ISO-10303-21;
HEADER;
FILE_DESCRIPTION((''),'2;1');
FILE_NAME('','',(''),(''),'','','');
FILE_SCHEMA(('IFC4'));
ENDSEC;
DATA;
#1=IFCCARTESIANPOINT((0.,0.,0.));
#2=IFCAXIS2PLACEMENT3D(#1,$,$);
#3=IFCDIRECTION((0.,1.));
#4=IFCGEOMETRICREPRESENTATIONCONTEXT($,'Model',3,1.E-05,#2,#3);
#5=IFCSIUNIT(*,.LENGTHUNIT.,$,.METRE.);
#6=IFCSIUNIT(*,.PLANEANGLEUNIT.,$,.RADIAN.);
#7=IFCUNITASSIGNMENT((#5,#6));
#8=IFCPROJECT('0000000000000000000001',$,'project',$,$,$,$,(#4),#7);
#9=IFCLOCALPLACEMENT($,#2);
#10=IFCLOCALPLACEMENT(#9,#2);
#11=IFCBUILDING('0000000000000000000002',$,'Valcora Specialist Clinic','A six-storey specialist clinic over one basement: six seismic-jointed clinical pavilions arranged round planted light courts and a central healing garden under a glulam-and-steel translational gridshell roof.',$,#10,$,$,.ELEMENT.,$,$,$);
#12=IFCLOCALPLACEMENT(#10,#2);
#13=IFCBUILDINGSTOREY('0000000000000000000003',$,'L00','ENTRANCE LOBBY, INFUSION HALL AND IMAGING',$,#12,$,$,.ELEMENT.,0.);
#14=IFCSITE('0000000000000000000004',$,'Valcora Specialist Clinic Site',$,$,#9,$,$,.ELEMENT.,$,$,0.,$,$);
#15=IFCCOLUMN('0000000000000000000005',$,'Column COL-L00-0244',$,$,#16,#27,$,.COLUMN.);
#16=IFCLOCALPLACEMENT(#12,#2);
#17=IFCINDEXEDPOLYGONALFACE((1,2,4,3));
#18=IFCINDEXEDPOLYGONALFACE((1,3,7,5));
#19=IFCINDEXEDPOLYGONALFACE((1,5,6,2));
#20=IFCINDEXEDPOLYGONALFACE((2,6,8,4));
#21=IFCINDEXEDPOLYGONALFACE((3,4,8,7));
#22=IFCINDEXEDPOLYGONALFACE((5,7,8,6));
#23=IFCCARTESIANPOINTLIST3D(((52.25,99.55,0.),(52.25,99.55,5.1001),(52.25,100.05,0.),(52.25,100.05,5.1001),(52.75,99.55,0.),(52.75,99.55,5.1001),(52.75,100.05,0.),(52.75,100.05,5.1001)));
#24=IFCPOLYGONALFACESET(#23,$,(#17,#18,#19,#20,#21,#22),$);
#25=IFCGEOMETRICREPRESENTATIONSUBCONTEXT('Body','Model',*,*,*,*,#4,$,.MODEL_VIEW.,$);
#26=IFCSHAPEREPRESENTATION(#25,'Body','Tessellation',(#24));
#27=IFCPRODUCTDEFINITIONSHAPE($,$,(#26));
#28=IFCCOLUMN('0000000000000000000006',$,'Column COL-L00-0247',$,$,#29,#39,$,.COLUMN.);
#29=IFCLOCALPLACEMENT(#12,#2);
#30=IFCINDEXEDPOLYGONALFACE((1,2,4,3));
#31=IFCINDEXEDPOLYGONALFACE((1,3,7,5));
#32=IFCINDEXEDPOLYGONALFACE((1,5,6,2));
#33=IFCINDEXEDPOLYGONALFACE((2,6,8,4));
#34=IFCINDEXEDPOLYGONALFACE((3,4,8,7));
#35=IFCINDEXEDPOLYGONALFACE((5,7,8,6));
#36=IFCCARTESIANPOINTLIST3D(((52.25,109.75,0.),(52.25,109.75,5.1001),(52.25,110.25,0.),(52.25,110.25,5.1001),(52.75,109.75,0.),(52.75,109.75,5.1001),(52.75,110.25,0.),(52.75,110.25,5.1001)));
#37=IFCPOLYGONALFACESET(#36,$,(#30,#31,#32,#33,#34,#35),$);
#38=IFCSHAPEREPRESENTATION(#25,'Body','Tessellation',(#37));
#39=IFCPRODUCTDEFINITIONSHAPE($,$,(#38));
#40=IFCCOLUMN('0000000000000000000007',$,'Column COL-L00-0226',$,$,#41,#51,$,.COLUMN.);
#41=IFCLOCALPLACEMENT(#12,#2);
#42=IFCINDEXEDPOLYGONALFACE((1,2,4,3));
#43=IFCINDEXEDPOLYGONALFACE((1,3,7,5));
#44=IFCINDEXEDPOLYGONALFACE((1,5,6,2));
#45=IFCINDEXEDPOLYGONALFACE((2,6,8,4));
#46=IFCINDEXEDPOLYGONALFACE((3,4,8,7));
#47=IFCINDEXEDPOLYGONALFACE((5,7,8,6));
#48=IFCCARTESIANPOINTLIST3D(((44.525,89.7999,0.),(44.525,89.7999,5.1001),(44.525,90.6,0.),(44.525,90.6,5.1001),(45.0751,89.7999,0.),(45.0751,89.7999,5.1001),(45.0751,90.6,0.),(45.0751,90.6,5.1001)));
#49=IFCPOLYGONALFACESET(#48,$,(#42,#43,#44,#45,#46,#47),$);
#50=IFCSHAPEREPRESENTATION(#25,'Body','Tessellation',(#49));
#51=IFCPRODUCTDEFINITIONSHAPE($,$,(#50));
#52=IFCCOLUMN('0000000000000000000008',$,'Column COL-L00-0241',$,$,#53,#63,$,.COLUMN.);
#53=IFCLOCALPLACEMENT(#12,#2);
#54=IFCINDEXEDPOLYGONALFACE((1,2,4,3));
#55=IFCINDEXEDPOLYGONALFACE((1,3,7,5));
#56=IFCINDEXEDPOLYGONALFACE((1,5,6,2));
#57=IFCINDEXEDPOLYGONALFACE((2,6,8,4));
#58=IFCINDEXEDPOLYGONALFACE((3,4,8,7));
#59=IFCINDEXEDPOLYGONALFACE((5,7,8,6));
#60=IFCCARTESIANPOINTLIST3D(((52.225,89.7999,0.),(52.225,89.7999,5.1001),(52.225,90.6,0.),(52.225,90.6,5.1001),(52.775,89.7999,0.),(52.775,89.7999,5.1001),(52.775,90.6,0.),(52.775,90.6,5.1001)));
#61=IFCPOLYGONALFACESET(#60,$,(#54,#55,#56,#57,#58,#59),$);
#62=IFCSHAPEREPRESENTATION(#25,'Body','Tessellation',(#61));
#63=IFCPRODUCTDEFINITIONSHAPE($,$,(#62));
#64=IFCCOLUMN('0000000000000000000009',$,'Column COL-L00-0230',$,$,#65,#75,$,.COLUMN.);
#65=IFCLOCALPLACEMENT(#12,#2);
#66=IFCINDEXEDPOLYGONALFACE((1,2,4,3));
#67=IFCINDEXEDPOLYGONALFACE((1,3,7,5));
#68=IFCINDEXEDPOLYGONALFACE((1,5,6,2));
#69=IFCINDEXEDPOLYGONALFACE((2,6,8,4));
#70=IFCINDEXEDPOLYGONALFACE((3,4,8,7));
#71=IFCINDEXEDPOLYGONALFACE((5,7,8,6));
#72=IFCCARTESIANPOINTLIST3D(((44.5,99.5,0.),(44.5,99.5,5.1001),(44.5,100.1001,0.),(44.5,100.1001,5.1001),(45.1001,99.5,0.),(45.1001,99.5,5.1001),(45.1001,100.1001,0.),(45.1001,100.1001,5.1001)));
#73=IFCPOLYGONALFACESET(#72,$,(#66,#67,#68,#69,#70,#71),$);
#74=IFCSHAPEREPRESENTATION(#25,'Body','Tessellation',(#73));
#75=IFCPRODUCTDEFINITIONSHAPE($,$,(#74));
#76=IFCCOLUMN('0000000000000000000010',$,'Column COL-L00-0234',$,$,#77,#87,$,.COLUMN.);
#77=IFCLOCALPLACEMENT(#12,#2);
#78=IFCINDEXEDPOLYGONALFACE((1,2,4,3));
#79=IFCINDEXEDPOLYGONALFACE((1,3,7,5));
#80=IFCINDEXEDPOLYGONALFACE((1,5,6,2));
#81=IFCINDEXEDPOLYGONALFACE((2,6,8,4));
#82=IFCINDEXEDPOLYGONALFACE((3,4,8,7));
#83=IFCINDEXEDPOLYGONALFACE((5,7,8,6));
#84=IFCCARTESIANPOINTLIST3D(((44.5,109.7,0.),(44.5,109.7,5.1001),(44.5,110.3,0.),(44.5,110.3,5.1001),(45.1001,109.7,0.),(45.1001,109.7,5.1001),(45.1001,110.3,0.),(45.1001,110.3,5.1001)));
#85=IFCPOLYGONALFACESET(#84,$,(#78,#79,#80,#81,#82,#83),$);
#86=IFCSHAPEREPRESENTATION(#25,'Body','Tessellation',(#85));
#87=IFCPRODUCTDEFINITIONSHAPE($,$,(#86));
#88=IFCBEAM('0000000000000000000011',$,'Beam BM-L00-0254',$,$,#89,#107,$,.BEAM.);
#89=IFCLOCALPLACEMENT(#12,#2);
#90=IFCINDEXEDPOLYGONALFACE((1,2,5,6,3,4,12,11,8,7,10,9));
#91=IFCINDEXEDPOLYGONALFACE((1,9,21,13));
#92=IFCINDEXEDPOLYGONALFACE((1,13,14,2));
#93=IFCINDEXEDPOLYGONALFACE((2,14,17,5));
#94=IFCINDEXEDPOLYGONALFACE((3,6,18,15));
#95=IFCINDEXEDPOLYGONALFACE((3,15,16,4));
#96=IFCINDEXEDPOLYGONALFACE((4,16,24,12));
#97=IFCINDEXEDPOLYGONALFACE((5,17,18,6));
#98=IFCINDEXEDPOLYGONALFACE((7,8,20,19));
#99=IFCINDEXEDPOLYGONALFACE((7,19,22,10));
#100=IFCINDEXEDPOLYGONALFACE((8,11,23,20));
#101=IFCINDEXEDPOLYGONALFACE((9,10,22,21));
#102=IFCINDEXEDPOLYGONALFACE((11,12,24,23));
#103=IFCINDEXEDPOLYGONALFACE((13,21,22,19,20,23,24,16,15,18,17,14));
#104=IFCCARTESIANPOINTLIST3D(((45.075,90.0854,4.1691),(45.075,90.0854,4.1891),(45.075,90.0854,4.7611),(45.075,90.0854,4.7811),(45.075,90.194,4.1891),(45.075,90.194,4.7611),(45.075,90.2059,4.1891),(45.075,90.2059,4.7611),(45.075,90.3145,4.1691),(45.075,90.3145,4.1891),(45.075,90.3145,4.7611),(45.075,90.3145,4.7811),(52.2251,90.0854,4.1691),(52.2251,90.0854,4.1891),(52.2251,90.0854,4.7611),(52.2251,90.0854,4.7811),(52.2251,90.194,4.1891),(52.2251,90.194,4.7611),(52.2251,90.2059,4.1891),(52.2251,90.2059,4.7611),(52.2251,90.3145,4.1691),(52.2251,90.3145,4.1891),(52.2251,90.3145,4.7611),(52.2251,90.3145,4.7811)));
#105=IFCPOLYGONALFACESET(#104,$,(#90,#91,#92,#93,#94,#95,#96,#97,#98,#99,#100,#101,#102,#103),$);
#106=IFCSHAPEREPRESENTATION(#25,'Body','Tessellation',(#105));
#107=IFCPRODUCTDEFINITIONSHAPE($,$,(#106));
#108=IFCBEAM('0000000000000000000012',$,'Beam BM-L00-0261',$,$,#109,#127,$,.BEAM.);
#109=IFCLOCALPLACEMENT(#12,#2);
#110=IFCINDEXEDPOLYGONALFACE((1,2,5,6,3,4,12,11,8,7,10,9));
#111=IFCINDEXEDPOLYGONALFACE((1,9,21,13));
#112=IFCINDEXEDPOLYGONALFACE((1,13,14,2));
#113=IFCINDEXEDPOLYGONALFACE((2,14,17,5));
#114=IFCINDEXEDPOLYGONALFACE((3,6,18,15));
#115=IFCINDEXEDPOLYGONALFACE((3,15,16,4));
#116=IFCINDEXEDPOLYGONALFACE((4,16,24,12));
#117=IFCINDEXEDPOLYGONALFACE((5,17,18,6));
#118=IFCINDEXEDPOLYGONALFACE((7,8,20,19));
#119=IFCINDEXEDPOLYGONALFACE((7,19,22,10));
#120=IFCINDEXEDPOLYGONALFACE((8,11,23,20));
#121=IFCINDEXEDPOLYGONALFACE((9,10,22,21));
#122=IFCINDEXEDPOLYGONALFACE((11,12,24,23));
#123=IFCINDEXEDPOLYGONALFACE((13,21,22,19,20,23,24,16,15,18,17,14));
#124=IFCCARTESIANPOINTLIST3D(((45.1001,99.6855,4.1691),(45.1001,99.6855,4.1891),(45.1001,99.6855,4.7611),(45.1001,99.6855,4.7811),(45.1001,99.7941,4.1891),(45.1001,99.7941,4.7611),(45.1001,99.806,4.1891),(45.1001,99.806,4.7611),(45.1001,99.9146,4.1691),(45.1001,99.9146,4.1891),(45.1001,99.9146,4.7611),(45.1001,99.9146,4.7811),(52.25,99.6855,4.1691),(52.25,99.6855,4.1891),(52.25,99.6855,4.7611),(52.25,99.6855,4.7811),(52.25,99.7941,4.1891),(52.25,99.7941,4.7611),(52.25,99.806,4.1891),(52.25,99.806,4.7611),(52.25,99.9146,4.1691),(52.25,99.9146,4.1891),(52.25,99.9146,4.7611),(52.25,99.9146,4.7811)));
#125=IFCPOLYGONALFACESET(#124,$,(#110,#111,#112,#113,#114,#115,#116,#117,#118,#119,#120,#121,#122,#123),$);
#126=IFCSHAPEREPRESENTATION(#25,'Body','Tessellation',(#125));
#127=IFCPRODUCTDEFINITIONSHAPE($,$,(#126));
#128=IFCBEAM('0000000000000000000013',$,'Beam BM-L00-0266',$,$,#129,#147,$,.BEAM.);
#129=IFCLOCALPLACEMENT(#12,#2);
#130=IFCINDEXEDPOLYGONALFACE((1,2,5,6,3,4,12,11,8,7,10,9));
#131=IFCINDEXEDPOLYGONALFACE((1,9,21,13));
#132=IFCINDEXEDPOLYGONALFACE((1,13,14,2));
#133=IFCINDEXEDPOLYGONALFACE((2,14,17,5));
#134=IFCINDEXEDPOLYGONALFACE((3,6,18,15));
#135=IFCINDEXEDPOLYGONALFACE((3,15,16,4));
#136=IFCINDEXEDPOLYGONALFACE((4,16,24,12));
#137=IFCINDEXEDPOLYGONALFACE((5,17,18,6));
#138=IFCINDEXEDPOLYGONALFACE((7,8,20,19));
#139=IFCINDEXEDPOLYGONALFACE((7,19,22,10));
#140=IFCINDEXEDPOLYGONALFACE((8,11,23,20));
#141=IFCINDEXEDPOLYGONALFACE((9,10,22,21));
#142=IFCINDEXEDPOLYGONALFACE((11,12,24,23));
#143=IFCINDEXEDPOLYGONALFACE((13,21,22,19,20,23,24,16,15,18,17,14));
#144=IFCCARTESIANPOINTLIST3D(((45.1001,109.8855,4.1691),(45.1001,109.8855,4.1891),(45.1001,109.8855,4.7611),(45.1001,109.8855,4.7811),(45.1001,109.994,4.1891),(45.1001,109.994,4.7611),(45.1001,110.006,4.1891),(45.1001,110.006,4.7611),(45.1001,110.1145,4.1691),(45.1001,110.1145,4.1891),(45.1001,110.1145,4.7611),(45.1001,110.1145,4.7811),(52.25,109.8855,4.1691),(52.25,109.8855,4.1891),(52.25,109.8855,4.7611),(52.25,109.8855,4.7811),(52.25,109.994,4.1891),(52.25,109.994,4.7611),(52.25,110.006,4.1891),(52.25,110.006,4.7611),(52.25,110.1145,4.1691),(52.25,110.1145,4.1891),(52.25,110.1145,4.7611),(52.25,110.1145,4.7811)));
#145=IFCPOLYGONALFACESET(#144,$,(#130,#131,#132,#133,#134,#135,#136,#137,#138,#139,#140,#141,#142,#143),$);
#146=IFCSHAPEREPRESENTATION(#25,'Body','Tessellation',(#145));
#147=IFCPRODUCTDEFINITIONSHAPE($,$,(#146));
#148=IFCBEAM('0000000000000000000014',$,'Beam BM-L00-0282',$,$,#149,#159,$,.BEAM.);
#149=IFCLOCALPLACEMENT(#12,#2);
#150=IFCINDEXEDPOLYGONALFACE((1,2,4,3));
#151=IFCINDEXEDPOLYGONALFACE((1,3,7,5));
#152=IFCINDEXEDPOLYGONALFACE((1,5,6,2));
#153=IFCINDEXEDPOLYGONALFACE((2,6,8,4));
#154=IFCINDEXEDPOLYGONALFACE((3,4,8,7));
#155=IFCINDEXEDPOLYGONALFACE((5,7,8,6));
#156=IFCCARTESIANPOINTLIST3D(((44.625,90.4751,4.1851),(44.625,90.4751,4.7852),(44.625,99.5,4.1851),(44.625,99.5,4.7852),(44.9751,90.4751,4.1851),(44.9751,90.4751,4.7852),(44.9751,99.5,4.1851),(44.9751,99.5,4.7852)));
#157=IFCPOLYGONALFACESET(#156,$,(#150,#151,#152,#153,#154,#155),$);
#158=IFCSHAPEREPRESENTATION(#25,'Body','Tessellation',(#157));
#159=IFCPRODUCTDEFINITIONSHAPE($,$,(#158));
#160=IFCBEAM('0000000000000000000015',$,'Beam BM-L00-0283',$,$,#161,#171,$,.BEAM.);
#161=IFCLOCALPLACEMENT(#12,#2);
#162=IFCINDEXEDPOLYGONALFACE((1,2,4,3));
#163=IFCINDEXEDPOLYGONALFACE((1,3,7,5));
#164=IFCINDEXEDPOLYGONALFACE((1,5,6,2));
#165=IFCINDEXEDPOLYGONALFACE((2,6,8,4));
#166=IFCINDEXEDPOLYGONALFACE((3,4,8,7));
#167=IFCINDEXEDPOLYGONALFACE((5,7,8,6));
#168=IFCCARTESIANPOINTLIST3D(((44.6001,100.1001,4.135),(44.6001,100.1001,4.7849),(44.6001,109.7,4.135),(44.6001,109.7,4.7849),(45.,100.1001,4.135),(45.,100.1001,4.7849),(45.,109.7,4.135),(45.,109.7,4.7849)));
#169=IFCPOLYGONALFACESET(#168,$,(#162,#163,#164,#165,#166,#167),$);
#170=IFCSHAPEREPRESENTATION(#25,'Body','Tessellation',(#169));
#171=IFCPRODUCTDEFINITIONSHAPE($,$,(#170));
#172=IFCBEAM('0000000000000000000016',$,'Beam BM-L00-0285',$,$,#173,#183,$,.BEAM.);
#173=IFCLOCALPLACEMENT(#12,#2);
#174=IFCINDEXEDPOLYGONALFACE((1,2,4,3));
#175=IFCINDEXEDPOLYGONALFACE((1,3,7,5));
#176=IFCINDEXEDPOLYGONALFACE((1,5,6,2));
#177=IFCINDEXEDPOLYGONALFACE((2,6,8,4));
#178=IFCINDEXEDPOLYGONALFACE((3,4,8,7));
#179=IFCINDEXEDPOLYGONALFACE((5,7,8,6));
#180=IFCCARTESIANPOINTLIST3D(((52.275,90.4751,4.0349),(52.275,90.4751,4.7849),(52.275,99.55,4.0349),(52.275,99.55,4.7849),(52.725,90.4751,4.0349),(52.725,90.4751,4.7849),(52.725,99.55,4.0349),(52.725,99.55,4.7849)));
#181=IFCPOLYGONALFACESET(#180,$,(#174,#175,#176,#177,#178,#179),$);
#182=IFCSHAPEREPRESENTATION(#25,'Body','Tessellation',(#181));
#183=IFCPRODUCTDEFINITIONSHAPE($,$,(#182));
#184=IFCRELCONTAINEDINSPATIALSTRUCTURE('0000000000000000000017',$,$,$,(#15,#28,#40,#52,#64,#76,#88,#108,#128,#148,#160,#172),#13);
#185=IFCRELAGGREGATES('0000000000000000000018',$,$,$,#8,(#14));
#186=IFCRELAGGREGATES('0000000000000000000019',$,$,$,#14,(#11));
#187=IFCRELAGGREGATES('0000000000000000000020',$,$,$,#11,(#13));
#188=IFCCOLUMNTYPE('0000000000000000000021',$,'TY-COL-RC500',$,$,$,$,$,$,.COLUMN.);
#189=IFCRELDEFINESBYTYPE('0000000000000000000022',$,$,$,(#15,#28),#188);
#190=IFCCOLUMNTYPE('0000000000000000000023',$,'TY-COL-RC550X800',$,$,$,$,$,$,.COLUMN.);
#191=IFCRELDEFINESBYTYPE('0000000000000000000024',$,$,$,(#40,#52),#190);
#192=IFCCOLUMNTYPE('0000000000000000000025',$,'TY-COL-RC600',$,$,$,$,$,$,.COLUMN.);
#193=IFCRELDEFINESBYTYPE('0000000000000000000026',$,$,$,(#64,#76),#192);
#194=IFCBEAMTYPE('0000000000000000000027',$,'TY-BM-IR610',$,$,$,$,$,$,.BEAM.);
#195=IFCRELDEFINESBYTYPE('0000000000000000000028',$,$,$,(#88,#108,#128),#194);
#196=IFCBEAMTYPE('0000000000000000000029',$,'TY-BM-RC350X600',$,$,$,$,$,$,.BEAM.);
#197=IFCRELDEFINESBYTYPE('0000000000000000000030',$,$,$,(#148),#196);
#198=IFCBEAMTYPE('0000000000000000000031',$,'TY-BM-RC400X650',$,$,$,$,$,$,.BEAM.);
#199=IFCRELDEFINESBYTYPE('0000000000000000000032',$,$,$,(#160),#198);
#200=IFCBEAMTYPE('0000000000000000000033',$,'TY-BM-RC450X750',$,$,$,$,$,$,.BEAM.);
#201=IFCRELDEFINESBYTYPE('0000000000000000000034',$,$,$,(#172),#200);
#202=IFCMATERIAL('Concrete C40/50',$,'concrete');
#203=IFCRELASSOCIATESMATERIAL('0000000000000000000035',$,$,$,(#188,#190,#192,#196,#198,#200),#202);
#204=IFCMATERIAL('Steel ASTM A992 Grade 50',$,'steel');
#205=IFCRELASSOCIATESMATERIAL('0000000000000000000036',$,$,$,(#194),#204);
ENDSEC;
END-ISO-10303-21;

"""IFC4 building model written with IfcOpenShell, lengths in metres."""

from ifc_helpers import new_model, si_unit, direction, frame, origin, origin_2d, place, context, subcontext, project, spatial, rectangle, i_section, extrude, material, material_profile, profile_set, type_object, element, save


model = new_model("IFC4")

# Units and contexts
model_context = context("Model", 3, precision=1e-05, world=origin(), true_north=direction((0.0, 1.0)))
body_context = subcontext(model_context, "Body", "Model", "MODEL_VIEW")
ifc_project = project(units=[si_unit("LENGTHUNIT", "METRE"), si_unit("PLANEANGLEUNIT", "RADIAN")], contexts=[model_context])

# Site, building, storey
site_placement = place(None, origin())
site = spatial("IfcSite", under=ifc_project, at=site_placement, Name="Valcora Specialist Clinic Site", CompositionType="ELEMENT", RefElevation=0.0)
building_placement = place(site_placement, origin())
building = spatial("IfcBuilding", under=site, at=building_placement, Name="Valcora Specialist Clinic", Description="A six-storey specialist clinic over one basement: six seismic-jointed clinical pavilions arranged round planted light courts and a central healing garden under a glulam-and-steel translational gridshell roof.", CompositionType="ELEMENT")
storey_placement = place(building_placement, origin())
storey = spatial("IfcBuildingStorey", under=building, at=storey_placement, Name="L00", Description="ENTRANCE LOBBY, INFUSION HALL AND IMAGING", CompositionType="ELEMENT", Elevation=0.0)

# Columns
ifc_material_1 = material(Name="Concrete C40/50", Category="concrete")
ifc_material_profile_1 = material_profile(ifc_material_1, rectangle(XDim=0.5, YDim=0.5, at=origin_2d()), Name="RC-COL-500X500")
ifc_profile_set_1 = profile_set([ifc_material_profile_1], Name="Concrete C40/50")
column_type_1 = type_object("IfcColumnType", Name="TY-COL-RC500", PredefinedType="COLUMN", material=ifc_profile_set_1)
for number, where, z_axis, x_axis, name in (
    (1, (52.5, 99.8, 0.0), (0.0, 0.0, 1.0), (1.0, 0.0, 0.0), "Column COL-L00-0244"),
    (2, (52.5, 110.0, 0.0), (0.0, 0.0, 1.0), (1.0, 0.0, 0.0), "Column COL-L00-0247"),
):
    element("IfcColumn", number, at=place(storey_placement, frame(where, z_axis=z_axis, x_axis=x_axis)), inside=storey, type_object=column_type_1, Name=name, PredefinedType="COLUMN", context=body_context, shape_type="SweptSolid", body=[
        extrude(rectangle(XDim=0.5, YDim=0.5, at=origin_2d()), origin(), (0.0, 0.0, 1.0), 5.1001),
    ])
ifc_material_profile_2 = material_profile(ifc_material_1, rectangle(XDim=0.55, YDim=0.8, at=origin_2d()), Name="RC-COL-550X800")
ifc_profile_set_2 = profile_set([ifc_material_profile_2], Name="Concrete C40/50")
column_type_2 = type_object("IfcColumnType", Name="TY-COL-RC550X800", PredefinedType="COLUMN", material=ifc_profile_set_2)
for number, where, z_axis, x_axis, name in (
    (3, (44.8, 90.2, 0.0), (0.0, 0.0, 1.0), (1.0, 0.0, 0.0), "Column COL-L00-0226"),
    (4, (52.5, 90.2, 0.0), (0.0, 0.0, 1.0), (1.0, 0.0, 0.0), "Column COL-L00-0241"),
):
    element("IfcColumn", number, at=place(storey_placement, frame(where, z_axis=z_axis, x_axis=x_axis)), inside=storey, type_object=column_type_2, Name=name, PredefinedType="COLUMN", context=body_context, shape_type="SweptSolid", body=[
        extrude(rectangle(XDim=0.55, YDim=0.8, at=origin_2d()), origin(), (0.0, 0.0, 1.0), 5.1001),
    ])
ifc_material_profile_3 = material_profile(ifc_material_1, rectangle(XDim=0.6001, YDim=0.6001, at=origin_2d()), Name="RC-COL-600X600")
ifc_profile_set_3 = profile_set([ifc_material_profile_3], Name="Concrete C40/50")
column_type_3 = type_object("IfcColumnType", Name="TY-COL-RC600", PredefinedType="COLUMN", material=ifc_profile_set_3)
for number, where, z_axis, x_axis, name in (
    (5, (44.8, 99.8, 0.0), (0.0, 0.0, 1.0), (1.0, 0.0, 0.0), "Column COL-L00-0230"),
    (6, (44.8, 110.0, 0.0), (0.0, 0.0, 1.0), (1.0, 0.0, 0.0), "Column COL-L00-0234"),
):
    element("IfcColumn", number, at=place(storey_placement, frame(where, z_axis=z_axis, x_axis=x_axis)), inside=storey, type_object=column_type_3, Name=name, PredefinedType="COLUMN", context=body_context, shape_type="SweptSolid", body=[
        extrude(rectangle(XDim=0.6001, YDim=0.6001, at=origin_2d()), origin(), (0.0, 0.0, 1.0), 5.1001),
    ])

# Beams
ifc_material_2 = material(Name="Steel ASTM A992 Grade 50", Category="steel")
ifc_material_profile_4 = material_profile(ifc_material_2, i_section(OverallWidth=0.229, OverallDepth=0.6121, WebThickness=0.012, FlangeThickness=0.02, at=origin_2d()), Name="ST-IR-610X229")
ifc_profile_set_4 = profile_set([ifc_material_profile_4], Name="Steel ASTM A992 Grade 50")
beam_type_1 = type_object("IfcBeamType", Name="TY-BM-IR610", PredefinedType="BEAM", material=ifc_profile_set_4)
beam_1_placement = place(storey_placement, frame((45.075, 90.2, 4.4751), z_axis=(1.0, 0.0, 0.0), x_axis=(0.0, 1.0, 0.0)))
element("IfcBeam", 7, at=beam_1_placement, inside=storey, type_object=beam_type_1, Name="Beam BM-L00-0254", PredefinedType="BEAM", context=body_context, shape_type="SweptSolid", body=[
    extrude(i_section(OverallWidth=0.229, OverallDepth=0.6121, WebThickness=0.012, FlangeThickness=0.02, at=origin_2d()), origin(), (0.0, 0.0, 1.0), 7.1501),
])
for number, where, z_axis, x_axis, name in (
    (8, (45.1001, 99.8, 4.4751), (1.0, 0.0, 0.0), (0.0, 1.0, 0.0), "Beam BM-L00-0261"),
    (9, (45.1001, 110.0, 4.4751), (1.0, 0.0, 0.0), (0.0, 1.0, 0.0), "Beam BM-L00-0266"),
):
    element("IfcBeam", number, at=place(storey_placement, frame(where, z_axis=z_axis, x_axis=x_axis)), inside=storey, type_object=beam_type_1, Name=name, PredefinedType="BEAM", context=body_context, shape_type="SweptSolid", body=[
        extrude(i_section(OverallWidth=0.229, OverallDepth=0.6121, WebThickness=0.012, FlangeThickness=0.02, at=origin_2d()), origin(), (0.0, 0.0, 1.0), 7.1499),
    ])
ifc_material_profile_5 = material_profile(ifc_material_1, rectangle(XDim=0.3501, YDim=0.6001, at=origin_2d()), Name="RC-BM-350X600")
ifc_profile_set_5 = profile_set([ifc_material_profile_5], Name="Concrete C40/50")
beam_type_2 = type_object("IfcBeamType", Name="TY-BM-RC350X600", PredefinedType="BEAM", material=ifc_profile_set_5)
beam_2_placement = place(storey_placement, frame((44.8, 90.4751, 4.4851), z_axis=(0.0, 1.0, 0.0), x_axis=(-1.0, 0.0, 0.0)))
element("IfcBeam", 10, at=beam_2_placement, inside=storey, type_object=beam_type_2, Name="Beam BM-L00-0282", PredefinedType="BEAM", context=body_context, shape_type="SweptSolid", body=[
    extrude(rectangle(XDim=0.3501, YDim=0.6001, at=origin_2d()), origin(), (0.0, 0.0, 1.0), 9.0249),
])
ifc_material_profile_6 = material_profile(ifc_material_1, rectangle(XDim=0.3999, YDim=0.6499, at=origin_2d()), Name="RC-BM-400X650")
ifc_profile_set_6 = profile_set([ifc_material_profile_6], Name="Concrete C40/50")
beam_type_3 = type_object("IfcBeamType", Name="TY-BM-RC400X650", PredefinedType="BEAM", material=ifc_profile_set_6)
beam_3_placement = place(storey_placement, frame((44.8, 100.1001, 4.46), z_axis=(0.0, 1.0, 0.0), x_axis=(-1.0, 0.0, 0.0)))
element("IfcBeam", 11, at=beam_3_placement, inside=storey, type_object=beam_type_3, Name="Beam BM-L00-0283", PredefinedType="BEAM", context=body_context, shape_type="SweptSolid", body=[
    extrude(rectangle(XDim=0.3999, YDim=0.6499, at=origin_2d()), origin(), (0.0, 0.0, 1.0), 9.5999),
])
ifc_material_profile_7 = material_profile(ifc_material_1, rectangle(XDim=0.45, YDim=0.75, at=origin_2d()), Name="RC-BM-450X750")
ifc_profile_set_7 = profile_set([ifc_material_profile_7], Name="Concrete C40/50")
beam_type_4 = type_object("IfcBeamType", Name="TY-BM-RC450X750", PredefinedType="BEAM", material=ifc_profile_set_7)
beam_4_placement = place(storey_placement, frame((52.5, 90.4751, 4.4099), z_axis=(0.0, 1.0, 0.0), x_axis=(-1.0, 0.0, 0.0)))
element("IfcBeam", 12, at=beam_4_placement, inside=storey, type_object=beam_type_4, Name="Beam BM-L00-0285", PredefinedType="BEAM", context=body_context, shape_type="SweptSolid", body=[
    extrude(rectangle(XDim=0.45, YDim=0.75, at=origin_2d()), origin(), (0.0, 0.0, 1.0), 9.075),
])

save(model, "model.ifc")
